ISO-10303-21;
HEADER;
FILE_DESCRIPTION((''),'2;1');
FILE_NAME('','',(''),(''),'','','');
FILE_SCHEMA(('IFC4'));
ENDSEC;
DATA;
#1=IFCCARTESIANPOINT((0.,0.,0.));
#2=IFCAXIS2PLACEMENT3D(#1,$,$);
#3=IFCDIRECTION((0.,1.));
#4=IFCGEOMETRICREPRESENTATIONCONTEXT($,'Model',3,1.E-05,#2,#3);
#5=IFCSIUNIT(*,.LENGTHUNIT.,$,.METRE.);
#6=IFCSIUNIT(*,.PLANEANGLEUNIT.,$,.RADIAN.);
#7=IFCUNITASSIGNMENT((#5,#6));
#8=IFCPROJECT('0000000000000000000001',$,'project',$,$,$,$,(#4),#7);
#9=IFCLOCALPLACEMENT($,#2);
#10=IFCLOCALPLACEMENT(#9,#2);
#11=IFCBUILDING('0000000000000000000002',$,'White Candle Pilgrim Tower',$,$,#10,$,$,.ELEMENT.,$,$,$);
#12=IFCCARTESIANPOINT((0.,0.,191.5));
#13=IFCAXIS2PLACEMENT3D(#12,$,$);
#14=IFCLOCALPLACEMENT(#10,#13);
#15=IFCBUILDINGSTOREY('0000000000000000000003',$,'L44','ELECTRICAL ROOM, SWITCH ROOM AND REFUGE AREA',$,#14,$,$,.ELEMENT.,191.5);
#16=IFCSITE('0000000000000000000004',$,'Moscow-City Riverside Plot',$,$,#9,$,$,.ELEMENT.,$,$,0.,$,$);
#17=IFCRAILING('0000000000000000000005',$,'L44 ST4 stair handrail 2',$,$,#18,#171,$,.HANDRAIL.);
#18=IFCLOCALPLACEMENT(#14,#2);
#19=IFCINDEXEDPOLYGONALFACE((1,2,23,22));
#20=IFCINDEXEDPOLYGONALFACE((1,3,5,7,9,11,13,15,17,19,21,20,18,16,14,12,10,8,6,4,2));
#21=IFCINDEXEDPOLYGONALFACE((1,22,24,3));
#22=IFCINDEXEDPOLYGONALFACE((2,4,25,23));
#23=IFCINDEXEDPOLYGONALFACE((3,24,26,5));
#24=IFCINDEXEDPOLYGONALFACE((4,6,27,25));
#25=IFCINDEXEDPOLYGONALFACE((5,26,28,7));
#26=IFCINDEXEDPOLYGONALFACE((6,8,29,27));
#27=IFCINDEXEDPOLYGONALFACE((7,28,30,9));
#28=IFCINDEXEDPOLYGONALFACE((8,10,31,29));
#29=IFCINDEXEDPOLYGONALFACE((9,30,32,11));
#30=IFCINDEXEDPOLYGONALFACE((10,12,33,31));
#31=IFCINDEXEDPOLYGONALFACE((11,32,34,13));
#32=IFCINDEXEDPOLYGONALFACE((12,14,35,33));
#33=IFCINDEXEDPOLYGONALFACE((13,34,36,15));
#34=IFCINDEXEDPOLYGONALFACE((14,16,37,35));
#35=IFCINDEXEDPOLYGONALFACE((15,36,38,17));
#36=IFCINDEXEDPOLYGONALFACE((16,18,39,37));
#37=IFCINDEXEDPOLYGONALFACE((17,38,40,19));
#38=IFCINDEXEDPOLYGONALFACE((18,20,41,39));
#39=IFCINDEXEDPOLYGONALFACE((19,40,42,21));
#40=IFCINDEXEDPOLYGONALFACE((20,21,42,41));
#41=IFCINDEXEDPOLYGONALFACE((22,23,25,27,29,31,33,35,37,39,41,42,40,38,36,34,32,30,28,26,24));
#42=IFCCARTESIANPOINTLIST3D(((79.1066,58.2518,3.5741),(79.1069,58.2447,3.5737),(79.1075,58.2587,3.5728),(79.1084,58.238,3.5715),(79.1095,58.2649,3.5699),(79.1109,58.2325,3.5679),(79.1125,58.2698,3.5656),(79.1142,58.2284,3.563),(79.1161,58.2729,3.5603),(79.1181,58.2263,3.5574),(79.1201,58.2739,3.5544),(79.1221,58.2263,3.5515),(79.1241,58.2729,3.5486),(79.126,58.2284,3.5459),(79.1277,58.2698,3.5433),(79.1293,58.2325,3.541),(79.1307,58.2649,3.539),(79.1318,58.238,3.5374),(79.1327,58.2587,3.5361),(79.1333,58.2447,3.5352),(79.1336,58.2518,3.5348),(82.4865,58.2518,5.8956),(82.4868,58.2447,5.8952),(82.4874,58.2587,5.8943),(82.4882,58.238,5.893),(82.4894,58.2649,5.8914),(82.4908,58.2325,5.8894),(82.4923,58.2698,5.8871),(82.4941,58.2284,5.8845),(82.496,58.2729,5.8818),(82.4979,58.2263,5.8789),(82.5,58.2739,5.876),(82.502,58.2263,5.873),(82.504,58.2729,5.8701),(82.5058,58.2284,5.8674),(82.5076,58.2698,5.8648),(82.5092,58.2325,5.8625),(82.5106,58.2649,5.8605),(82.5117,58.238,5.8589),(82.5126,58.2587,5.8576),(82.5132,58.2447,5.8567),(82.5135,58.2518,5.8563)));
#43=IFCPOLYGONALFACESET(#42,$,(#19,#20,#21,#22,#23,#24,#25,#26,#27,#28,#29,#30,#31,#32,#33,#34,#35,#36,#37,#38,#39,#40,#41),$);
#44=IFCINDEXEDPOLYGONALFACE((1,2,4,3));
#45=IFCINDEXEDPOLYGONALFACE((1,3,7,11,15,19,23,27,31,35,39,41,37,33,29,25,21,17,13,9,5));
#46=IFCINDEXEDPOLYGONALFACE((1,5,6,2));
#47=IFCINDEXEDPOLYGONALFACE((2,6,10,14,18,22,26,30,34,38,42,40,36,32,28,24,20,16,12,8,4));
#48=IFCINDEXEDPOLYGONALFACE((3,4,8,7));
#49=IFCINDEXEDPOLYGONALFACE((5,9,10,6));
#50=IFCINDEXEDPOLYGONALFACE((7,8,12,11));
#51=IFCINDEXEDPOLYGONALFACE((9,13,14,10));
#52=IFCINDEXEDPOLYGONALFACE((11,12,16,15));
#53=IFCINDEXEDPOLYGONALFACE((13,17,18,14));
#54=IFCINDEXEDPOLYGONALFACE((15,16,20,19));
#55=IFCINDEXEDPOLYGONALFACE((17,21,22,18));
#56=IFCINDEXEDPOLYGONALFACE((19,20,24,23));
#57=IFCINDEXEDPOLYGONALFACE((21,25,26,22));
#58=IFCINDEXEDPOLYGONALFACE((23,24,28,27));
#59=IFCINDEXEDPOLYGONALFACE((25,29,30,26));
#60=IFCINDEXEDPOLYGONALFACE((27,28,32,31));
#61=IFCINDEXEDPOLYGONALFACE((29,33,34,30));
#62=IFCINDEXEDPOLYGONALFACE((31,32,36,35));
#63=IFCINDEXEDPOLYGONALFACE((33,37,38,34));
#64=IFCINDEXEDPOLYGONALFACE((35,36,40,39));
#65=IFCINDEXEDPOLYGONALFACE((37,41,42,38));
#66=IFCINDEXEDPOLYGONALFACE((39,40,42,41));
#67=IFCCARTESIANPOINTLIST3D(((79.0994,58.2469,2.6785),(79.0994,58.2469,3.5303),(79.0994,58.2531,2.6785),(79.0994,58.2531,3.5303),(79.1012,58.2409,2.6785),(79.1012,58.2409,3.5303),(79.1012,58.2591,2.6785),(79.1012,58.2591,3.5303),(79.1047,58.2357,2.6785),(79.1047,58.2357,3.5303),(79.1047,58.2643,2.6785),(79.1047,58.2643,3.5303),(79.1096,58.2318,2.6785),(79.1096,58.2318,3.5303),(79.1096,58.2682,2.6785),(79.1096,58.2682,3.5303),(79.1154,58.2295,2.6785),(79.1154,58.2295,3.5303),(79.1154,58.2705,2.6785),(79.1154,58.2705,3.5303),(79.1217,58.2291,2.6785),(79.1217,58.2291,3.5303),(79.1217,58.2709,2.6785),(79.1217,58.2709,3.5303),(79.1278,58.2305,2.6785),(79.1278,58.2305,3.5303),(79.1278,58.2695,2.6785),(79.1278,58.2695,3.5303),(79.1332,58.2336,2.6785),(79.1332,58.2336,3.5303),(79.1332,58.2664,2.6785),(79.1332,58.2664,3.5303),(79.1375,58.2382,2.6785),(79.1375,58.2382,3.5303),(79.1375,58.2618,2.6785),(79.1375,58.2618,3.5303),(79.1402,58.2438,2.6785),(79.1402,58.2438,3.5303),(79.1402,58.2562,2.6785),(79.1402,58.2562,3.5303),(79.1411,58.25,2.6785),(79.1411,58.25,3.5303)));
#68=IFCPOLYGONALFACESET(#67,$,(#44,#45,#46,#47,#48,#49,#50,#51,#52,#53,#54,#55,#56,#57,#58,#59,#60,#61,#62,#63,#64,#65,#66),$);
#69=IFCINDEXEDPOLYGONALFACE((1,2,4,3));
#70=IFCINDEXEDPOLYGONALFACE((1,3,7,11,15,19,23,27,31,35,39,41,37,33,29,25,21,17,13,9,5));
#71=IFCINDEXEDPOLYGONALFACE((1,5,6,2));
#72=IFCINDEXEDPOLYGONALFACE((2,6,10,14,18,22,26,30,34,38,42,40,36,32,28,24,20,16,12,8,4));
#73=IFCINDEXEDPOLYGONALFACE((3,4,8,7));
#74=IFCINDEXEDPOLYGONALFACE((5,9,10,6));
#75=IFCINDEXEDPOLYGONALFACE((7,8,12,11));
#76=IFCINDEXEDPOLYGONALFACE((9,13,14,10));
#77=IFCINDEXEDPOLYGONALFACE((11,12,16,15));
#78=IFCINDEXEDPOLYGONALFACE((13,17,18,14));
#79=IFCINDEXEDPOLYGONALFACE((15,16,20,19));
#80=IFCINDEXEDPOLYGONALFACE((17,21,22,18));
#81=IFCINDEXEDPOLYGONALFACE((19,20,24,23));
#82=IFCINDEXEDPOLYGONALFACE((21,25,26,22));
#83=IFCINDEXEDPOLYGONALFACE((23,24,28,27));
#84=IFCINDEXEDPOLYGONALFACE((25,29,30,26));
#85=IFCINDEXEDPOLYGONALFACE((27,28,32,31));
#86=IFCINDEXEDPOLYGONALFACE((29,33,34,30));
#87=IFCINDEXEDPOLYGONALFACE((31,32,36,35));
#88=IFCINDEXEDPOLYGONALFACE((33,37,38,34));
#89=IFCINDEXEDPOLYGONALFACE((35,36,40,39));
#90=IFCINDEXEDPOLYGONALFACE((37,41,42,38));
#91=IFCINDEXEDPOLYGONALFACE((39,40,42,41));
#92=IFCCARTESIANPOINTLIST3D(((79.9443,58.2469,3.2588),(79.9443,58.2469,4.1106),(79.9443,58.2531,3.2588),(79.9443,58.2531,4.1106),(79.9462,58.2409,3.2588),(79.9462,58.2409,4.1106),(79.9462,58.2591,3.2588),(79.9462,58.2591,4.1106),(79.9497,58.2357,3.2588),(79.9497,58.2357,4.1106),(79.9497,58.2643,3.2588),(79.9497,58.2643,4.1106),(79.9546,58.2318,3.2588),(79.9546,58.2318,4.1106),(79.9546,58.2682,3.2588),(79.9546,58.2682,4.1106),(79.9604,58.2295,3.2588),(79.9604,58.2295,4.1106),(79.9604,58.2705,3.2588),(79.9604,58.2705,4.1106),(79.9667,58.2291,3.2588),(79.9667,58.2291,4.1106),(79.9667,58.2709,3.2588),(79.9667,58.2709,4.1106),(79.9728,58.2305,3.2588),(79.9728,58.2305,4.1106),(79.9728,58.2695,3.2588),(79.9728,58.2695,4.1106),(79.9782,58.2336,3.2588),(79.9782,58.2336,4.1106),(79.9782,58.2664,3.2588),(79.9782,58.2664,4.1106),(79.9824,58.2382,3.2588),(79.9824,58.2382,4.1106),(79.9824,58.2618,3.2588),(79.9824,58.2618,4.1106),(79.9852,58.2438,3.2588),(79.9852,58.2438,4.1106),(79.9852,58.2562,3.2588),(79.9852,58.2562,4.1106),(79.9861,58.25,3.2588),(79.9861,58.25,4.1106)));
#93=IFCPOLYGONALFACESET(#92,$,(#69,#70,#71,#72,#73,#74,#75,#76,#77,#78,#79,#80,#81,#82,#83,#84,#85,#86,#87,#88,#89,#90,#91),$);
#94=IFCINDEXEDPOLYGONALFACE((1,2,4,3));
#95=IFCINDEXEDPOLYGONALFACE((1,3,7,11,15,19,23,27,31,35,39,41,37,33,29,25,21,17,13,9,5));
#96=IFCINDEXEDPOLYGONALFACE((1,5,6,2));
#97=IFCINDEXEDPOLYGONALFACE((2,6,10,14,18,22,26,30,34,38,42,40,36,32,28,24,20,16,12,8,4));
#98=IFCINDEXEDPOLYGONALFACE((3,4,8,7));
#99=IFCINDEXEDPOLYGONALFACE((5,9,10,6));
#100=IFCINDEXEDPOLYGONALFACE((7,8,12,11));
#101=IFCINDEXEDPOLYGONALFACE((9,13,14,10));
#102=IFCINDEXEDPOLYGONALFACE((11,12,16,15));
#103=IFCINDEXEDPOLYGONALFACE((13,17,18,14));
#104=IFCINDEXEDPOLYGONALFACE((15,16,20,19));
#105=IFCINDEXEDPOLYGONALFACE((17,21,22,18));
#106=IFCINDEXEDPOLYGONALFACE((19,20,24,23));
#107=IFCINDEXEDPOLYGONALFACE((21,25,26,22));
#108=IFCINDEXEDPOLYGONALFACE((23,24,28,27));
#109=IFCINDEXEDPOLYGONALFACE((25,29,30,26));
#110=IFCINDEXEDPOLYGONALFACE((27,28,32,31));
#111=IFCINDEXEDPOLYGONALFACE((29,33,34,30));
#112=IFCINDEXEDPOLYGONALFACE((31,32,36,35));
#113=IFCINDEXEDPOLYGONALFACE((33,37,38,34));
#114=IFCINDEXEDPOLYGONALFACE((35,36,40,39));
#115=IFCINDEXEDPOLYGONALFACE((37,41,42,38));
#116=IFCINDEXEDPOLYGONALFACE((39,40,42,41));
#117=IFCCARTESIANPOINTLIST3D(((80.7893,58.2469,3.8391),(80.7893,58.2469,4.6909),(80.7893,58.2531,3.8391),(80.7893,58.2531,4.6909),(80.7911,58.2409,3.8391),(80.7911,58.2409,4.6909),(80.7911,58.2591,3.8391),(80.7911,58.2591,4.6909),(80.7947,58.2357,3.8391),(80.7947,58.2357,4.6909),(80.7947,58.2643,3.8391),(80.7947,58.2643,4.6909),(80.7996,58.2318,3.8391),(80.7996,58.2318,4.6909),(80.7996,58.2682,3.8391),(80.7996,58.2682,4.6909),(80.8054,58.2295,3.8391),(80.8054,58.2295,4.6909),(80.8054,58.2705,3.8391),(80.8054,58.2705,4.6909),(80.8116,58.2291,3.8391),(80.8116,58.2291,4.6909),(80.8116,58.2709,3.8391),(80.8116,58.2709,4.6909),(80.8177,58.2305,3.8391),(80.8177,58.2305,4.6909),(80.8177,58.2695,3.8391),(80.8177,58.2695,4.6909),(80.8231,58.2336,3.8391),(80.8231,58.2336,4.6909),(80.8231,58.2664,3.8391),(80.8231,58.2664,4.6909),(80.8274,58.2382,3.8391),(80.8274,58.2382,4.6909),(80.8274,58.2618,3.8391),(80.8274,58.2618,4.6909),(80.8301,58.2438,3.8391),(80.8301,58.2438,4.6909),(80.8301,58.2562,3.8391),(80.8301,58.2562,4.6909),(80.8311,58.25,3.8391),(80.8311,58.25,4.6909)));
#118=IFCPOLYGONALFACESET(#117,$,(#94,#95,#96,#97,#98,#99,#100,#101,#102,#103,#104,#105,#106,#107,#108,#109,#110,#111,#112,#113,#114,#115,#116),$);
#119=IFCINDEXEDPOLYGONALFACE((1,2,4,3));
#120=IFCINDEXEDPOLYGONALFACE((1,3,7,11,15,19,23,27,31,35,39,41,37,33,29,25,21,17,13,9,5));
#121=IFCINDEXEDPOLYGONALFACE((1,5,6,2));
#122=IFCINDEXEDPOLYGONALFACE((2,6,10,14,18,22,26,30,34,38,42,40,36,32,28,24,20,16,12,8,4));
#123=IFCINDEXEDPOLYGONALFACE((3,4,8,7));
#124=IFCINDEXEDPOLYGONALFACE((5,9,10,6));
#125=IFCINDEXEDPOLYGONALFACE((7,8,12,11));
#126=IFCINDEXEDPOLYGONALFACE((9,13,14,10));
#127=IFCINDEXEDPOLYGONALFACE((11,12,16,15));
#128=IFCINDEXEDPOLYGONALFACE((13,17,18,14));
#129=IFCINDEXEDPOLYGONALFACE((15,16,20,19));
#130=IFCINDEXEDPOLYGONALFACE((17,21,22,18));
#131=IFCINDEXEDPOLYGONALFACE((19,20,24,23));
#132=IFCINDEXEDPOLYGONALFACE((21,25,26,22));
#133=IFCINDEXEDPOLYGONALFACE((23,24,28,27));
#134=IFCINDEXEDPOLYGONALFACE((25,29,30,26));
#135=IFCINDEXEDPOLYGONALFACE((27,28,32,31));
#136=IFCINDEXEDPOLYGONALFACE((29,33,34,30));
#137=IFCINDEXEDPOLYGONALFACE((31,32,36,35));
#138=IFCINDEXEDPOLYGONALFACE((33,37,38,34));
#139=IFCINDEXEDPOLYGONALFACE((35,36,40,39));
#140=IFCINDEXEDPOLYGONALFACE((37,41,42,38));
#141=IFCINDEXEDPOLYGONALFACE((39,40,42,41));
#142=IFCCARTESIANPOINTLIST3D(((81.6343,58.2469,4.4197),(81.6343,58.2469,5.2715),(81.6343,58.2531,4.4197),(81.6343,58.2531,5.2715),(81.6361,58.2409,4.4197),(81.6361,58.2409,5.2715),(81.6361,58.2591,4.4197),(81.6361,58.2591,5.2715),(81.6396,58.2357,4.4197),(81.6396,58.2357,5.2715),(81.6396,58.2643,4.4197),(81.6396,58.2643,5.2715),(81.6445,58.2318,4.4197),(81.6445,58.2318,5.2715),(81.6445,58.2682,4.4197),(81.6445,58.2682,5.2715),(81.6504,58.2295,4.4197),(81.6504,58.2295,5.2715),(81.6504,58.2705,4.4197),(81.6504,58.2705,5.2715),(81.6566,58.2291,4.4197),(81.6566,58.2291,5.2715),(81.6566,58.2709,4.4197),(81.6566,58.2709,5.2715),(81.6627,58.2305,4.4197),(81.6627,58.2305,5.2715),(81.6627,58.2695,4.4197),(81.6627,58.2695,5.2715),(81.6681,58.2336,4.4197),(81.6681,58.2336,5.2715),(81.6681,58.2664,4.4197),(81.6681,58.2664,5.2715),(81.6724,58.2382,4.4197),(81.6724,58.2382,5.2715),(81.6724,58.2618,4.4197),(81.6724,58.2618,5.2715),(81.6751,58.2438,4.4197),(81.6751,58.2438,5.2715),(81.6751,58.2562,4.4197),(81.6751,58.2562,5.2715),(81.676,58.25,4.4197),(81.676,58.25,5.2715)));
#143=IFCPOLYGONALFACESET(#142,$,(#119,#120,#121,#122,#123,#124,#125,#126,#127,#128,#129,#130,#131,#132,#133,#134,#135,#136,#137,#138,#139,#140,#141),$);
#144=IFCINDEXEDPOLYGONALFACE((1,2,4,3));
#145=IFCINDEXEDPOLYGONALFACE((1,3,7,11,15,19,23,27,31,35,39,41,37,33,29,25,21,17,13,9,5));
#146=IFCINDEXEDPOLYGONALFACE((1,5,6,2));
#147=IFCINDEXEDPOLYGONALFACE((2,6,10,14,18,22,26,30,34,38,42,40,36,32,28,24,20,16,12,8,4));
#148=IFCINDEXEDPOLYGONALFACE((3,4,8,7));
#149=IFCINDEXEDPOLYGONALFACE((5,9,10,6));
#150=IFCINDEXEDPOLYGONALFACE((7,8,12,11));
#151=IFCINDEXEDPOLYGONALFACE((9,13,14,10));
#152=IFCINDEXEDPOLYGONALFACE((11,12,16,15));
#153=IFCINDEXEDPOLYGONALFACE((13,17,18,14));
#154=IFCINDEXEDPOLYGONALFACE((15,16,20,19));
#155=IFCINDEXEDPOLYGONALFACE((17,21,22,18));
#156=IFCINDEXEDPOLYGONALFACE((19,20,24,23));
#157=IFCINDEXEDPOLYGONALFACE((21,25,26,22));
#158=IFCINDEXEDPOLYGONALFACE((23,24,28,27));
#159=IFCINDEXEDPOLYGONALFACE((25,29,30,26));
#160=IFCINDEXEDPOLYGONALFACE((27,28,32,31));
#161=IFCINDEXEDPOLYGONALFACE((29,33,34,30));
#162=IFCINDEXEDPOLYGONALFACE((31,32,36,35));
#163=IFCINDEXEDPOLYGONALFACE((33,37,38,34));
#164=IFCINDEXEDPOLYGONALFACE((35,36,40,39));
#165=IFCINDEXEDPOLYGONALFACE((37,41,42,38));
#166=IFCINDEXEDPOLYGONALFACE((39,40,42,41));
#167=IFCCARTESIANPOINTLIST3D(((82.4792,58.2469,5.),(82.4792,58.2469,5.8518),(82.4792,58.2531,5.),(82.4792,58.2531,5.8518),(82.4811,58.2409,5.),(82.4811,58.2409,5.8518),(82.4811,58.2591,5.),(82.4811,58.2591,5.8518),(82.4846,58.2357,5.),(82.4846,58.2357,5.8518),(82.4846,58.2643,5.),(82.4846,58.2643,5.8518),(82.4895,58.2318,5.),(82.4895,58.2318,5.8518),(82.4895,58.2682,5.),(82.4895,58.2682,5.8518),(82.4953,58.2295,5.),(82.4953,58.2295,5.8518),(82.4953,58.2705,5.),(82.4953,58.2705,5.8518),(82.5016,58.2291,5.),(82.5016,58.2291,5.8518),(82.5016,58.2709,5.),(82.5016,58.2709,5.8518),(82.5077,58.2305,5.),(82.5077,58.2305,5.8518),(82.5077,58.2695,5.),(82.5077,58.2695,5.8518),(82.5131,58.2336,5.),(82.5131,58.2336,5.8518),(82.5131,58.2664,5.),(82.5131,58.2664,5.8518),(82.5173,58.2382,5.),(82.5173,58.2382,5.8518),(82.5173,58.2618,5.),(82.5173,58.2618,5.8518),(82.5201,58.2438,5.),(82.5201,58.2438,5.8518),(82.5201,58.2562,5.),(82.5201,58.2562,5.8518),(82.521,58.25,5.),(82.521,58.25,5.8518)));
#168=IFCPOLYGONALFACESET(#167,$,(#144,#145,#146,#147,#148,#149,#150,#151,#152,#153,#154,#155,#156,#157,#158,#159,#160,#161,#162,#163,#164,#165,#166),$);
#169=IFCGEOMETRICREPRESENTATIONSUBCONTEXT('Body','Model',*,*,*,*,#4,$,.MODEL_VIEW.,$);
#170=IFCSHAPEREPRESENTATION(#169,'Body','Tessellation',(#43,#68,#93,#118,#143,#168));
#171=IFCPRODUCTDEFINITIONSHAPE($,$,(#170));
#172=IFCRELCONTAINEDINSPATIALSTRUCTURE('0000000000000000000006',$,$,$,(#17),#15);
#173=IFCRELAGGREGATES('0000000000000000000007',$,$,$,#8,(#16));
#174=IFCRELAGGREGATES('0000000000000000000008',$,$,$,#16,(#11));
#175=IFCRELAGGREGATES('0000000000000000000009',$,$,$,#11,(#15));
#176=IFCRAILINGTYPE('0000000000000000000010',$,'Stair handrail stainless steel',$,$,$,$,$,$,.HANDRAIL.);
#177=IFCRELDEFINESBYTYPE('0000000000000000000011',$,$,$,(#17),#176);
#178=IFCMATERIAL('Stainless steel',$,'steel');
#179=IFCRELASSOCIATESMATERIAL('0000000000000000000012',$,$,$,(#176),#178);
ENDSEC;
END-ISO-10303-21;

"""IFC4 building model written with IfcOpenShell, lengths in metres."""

from ifc_helpers import new_model, si_unit, direction, frame, origin, origin_2d, place, context, subcontext, project, spatial, circle, extrude, material, type_object, element, save


model = new_model("IFC4")

# Units and contexts
model_context = context("Model", 3, precision=1e-05, world=origin(), true_north=direction((0.0, 1.0)))
body_context = subcontext(model_context, "Body", "Model", "MODEL_VIEW")
ifc_project = project(units=[si_unit("LENGTHUNIT", "METRE"), si_unit("PLANEANGLEUNIT", "RADIAN")], contexts=[model_context])

# Site, building, storey
site_placement = place(None, origin())
site = spatial("IfcSite", under=ifc_project, at=site_placement, Name="Moscow-City Riverside Plot", CompositionType="ELEMENT", RefElevation=0.0)
building_placement = place(site_placement, origin())
building = spatial("IfcBuilding", under=site, at=building_placement, Name="White Candle Pilgrim Tower", CompositionType="ELEMENT")
storey_placement = place(building_placement, frame((0.0, 0.0, 191.5)))
storey = spatial("IfcBuildingStorey", under=building, at=storey_placement, Name="L44", Description="ELECTRICAL ROOM, SWITCH ROOM AND REFUGE AREA", CompositionType="ELEMENT", Elevation=191.5)

# Railing
ifc_material_1 = material(Name="Stainless steel", Category="steel")
railing_type_1 = type_object("IfcRailingType", Name="Stair handrail stainless steel", PredefinedType="HANDRAIL", material=ifc_material_1)
railing_1_placement = place(storey_placement, frame((79.1201, 58.25, 2.6785)))
element("IfcRailing", 1, at=railing_1_placement, inside=storey, type_object=railing_type_1, Name="L44 ST4 stair handrail 2", PredefinedType="HANDRAIL", context=body_context, shape_type="SweptSolid", body=[
    extrude(circle(Radius=0.0239, at=origin_2d()), frame((0.0, 0.0, 0.876), z_axis=(0.824285, 0.0, 0.566175), x_axis=(0.0, 1.0, 0.0)), (0.0, 0.0, 1.0), 4.1003),
    extrude(circle(Radius=0.021, at=origin_2d()), origin(), (0.0, 0.0, 1.0), 0.8518),
    extrude(circle(Radius=0.021, at=origin_2d()), frame((0.845, 0.0, 0.5803)), (0.0, 0.0, 1.0), 0.8518),
    extrude(circle(Radius=0.021, at=origin_2d()), frame((1.6899, 0.0, 1.1606)), (0.0, 0.0, 1.0), 0.8518),
    extrude(circle(Radius=0.021, at=origin_2d()), frame((2.5349, 0.0, 1.7412)), (0.0, 0.0, 1.0), 0.8518),
    extrude(circle(Radius=0.021, at=origin_2d()), frame((3.3799, 0.0, 2.3215)), (0.0, 0.0, 1.0), 0.8518),
])

save(model, "model.ifc")
